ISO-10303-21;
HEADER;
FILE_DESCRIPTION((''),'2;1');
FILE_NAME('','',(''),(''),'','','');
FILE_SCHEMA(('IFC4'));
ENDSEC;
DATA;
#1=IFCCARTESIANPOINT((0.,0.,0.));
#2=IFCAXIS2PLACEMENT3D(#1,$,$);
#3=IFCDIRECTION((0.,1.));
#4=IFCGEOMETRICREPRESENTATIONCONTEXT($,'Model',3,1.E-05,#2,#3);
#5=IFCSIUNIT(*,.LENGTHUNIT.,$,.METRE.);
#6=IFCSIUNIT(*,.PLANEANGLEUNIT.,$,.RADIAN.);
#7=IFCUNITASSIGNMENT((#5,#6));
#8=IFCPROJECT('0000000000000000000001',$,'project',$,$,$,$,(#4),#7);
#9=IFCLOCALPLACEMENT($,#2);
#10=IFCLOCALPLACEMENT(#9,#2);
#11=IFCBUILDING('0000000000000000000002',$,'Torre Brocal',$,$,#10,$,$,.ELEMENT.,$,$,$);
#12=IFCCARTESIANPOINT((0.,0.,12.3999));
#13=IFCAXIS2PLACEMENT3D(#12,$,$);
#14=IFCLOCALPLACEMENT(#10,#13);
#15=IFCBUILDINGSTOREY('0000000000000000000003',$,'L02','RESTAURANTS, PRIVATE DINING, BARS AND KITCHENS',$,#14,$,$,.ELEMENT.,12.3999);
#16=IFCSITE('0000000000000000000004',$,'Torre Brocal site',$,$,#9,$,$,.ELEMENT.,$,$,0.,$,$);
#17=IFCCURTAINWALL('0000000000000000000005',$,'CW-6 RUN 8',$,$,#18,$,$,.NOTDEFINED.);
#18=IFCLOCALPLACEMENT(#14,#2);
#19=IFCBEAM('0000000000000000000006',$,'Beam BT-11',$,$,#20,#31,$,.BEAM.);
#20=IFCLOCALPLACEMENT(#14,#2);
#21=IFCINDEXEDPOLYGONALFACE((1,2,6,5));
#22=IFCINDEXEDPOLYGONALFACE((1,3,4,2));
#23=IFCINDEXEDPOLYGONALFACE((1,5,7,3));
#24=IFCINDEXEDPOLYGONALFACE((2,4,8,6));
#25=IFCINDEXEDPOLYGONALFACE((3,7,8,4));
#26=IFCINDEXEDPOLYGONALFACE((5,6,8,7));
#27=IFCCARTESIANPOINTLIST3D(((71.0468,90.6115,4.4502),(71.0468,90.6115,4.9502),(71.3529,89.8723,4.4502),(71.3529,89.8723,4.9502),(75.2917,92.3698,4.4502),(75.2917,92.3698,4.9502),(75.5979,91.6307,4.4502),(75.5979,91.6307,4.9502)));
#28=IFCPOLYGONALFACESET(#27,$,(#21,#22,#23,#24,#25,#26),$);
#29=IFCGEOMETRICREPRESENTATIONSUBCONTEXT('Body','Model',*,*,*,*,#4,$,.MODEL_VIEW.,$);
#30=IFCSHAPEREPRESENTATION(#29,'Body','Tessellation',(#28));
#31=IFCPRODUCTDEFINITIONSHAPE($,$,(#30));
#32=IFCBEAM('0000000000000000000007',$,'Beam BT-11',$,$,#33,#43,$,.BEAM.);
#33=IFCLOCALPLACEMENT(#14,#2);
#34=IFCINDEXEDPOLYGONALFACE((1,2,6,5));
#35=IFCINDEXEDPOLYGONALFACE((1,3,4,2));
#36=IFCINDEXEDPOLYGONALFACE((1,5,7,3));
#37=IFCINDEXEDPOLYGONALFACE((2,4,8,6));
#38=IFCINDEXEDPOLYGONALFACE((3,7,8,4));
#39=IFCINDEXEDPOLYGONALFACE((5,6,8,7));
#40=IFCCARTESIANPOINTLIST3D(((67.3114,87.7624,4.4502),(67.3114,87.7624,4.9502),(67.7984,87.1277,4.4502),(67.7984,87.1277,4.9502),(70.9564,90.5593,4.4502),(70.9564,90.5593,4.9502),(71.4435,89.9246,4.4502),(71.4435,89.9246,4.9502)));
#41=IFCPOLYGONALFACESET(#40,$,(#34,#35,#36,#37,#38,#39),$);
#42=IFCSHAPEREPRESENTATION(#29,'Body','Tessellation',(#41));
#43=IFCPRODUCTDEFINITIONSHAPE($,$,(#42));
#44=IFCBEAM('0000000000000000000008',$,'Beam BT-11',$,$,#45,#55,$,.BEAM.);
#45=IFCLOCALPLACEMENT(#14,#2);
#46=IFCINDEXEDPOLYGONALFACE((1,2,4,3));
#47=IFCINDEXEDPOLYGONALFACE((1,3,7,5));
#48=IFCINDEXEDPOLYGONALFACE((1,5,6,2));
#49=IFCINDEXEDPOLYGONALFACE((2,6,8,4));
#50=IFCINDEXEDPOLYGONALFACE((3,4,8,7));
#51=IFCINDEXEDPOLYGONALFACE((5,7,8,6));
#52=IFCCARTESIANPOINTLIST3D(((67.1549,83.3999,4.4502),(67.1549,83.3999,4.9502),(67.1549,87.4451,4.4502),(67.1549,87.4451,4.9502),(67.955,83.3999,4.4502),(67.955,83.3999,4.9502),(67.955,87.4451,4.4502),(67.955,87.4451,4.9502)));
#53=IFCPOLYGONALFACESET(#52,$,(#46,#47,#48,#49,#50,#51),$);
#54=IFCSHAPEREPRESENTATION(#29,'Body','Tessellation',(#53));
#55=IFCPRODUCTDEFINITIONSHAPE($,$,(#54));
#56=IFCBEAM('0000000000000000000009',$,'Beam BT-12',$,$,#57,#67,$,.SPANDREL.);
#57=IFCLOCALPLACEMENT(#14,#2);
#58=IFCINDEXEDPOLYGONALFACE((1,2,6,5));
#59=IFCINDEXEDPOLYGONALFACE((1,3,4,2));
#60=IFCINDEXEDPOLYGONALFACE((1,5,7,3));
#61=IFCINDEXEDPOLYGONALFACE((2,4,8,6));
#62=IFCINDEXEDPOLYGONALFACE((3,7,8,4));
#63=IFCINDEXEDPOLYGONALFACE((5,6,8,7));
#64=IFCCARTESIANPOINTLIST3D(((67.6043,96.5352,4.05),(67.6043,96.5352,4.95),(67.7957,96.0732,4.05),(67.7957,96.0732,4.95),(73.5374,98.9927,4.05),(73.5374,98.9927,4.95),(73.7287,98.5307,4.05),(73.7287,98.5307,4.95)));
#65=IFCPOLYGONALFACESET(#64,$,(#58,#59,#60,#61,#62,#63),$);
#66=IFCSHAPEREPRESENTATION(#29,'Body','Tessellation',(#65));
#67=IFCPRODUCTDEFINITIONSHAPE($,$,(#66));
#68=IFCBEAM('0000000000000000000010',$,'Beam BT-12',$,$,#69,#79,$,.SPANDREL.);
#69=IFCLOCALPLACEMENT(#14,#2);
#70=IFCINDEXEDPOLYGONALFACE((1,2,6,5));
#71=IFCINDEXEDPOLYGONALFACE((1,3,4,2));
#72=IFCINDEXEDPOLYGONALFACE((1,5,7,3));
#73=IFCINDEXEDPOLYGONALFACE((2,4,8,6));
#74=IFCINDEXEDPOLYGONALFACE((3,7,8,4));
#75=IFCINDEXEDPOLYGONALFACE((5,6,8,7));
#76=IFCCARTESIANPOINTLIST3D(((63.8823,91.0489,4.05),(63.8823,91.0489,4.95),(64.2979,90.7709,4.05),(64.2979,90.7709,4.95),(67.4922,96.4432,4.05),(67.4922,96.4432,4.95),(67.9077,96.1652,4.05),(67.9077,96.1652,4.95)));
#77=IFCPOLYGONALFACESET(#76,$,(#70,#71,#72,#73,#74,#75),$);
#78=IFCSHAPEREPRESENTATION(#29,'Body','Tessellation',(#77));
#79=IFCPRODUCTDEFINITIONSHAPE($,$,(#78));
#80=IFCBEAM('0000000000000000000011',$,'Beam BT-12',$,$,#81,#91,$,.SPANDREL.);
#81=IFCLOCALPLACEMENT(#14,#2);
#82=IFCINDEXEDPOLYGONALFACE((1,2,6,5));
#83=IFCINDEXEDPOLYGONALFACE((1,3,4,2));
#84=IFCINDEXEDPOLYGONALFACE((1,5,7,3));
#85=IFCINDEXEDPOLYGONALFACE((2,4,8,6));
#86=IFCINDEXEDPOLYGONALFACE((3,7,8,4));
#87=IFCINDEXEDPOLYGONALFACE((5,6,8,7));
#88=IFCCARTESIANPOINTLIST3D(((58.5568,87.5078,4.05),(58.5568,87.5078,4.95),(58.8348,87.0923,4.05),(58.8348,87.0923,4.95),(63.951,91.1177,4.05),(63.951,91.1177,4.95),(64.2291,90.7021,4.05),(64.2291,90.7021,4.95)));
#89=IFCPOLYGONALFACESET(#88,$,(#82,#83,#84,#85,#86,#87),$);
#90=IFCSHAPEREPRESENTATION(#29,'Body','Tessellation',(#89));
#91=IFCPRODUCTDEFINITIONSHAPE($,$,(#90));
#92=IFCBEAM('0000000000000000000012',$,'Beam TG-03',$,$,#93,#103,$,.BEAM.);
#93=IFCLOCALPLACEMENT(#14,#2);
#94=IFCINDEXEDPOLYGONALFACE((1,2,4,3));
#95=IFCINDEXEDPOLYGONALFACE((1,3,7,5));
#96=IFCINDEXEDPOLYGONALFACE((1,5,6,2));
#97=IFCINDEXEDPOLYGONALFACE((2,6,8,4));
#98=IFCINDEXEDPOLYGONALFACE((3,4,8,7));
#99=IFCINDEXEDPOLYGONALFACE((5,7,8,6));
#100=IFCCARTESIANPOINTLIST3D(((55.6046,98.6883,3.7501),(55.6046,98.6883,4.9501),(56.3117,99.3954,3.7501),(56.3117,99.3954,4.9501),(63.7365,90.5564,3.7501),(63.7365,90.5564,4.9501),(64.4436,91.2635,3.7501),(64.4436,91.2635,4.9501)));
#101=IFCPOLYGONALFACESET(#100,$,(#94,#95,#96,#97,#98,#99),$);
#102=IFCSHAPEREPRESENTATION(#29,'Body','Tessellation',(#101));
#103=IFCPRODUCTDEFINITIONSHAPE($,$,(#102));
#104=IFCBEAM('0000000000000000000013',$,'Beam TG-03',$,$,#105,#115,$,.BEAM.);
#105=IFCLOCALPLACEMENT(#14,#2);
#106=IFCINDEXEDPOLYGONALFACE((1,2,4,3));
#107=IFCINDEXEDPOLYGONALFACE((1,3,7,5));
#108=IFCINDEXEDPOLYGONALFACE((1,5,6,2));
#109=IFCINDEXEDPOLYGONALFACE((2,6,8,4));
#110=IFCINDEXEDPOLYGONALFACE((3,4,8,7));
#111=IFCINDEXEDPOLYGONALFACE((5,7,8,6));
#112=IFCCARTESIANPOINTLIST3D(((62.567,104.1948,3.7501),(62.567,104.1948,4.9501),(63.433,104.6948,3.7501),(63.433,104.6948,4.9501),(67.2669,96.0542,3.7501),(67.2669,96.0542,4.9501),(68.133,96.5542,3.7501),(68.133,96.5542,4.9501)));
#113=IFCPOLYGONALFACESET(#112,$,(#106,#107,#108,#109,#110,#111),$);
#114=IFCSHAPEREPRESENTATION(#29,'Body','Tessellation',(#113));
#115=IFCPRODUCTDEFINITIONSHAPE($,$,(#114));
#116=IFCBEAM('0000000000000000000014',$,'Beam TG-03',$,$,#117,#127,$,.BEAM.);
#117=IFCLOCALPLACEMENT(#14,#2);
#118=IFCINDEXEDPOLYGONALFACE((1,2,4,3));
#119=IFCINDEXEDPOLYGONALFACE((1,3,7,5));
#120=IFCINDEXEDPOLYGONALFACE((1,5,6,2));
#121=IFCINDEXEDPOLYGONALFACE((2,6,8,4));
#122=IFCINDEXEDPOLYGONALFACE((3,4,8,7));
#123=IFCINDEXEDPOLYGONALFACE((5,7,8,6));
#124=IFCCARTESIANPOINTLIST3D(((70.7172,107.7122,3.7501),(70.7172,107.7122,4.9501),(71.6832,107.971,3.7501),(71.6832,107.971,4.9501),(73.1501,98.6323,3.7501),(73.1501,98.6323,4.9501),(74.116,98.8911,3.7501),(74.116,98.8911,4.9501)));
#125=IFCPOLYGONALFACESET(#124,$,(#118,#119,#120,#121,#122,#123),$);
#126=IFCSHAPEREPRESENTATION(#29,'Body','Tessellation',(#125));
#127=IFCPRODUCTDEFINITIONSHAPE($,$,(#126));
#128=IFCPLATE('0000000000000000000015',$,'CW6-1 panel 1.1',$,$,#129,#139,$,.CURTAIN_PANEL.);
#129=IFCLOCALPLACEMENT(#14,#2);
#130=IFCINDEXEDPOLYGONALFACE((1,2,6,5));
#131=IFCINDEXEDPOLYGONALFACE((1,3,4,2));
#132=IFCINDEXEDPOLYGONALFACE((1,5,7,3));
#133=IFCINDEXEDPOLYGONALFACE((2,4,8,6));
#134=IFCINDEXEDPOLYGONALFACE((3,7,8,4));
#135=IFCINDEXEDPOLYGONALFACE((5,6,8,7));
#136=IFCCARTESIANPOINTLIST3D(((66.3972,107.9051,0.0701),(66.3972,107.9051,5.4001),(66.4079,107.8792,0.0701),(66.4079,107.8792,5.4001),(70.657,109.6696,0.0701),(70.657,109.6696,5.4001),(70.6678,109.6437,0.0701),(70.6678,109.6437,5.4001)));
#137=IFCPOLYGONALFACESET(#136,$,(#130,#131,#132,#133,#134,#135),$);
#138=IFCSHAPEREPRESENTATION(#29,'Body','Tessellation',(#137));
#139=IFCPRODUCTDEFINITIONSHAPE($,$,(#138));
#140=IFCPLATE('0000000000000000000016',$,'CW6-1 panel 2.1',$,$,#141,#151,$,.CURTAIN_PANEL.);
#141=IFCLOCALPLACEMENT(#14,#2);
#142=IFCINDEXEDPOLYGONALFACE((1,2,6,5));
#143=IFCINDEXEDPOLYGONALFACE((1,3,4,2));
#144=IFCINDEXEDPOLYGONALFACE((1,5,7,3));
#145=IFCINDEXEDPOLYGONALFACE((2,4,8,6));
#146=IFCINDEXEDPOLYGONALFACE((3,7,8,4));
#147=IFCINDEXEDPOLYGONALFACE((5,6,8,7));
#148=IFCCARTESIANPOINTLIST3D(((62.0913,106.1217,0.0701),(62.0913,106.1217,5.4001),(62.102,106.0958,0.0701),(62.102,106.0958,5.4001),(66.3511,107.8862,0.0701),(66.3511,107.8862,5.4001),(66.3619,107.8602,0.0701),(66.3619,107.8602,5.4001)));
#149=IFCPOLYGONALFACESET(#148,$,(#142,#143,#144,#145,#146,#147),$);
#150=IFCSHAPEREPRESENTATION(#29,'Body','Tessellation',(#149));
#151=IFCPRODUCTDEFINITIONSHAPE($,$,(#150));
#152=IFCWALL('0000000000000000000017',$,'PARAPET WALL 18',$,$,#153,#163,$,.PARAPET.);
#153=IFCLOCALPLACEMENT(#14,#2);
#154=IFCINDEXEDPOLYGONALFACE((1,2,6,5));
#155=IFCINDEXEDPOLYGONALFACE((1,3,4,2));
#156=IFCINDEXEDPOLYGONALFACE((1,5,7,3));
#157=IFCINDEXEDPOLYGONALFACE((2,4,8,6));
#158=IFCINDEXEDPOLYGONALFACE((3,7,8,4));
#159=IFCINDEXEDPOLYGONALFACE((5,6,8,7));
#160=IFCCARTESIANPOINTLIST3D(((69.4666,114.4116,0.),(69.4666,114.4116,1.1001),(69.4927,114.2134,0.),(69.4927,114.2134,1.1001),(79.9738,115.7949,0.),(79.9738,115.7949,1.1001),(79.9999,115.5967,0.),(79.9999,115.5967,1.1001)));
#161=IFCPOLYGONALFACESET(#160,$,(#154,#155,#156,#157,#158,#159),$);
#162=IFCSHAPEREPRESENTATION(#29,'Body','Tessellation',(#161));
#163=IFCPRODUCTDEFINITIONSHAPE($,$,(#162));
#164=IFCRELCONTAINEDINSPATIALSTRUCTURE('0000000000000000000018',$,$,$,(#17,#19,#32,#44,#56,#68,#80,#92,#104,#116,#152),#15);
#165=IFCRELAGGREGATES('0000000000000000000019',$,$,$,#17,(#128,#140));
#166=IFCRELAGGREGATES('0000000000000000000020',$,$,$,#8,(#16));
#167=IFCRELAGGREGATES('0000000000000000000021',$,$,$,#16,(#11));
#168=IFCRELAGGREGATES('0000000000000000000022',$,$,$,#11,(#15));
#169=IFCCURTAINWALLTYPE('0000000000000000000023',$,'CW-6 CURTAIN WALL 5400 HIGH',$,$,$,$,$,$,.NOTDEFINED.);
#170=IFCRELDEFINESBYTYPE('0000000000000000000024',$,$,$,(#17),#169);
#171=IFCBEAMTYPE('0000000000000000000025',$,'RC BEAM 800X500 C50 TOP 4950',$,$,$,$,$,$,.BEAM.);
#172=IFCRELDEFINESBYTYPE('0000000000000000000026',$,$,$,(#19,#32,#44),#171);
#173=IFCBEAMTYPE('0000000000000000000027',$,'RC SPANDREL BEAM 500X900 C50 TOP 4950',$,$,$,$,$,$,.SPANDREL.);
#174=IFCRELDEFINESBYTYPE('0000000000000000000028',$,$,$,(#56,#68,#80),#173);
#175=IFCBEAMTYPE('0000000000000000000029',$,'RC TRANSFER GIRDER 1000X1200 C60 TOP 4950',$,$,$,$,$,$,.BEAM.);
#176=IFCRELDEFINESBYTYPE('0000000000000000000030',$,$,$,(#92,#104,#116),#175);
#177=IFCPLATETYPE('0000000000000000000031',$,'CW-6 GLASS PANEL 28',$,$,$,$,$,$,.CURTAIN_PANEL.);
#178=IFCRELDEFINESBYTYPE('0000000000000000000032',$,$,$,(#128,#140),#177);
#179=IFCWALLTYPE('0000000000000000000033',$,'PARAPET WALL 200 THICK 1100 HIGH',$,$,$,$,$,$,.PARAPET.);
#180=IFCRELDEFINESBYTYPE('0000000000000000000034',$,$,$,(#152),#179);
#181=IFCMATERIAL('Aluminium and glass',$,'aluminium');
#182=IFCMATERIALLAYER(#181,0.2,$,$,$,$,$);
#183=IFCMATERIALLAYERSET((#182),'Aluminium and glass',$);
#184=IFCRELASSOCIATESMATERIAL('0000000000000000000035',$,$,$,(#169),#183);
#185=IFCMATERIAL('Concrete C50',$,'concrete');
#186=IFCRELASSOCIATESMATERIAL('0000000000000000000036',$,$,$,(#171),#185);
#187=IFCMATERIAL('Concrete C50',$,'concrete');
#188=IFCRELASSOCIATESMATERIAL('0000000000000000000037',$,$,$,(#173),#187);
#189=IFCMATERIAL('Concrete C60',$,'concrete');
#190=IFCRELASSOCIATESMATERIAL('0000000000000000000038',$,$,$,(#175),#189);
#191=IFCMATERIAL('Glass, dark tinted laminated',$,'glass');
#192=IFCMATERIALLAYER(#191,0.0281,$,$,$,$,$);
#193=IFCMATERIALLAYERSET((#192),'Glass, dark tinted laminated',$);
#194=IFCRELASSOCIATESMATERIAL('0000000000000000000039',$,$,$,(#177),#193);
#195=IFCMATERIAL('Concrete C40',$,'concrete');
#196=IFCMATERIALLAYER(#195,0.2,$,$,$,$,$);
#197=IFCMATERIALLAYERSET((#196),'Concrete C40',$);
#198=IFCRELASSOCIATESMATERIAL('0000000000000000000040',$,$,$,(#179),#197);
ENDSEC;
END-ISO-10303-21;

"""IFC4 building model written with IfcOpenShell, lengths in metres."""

from ifc_helpers import new_model, si_unit, direction, frame, frame_2d, origin, origin_2d, place, context, subcontext, project, spatial, rectangle, extrude, material, layer, layer_set, material_profile, profile_set, type_object, element, aggregate, save


model = new_model("IFC4")

# Units and contexts
model_context = context("Model", 3, precision=1e-05, world=origin(), true_north=direction((0.0, 1.0)))
body_context = subcontext(model_context, "Body", "Model", "MODEL_VIEW")
ifc_project = project(units=[si_unit("LENGTHUNIT", "METRE"), si_unit("PLANEANGLEUNIT", "RADIAN")], contexts=[model_context])

# Site, building, storey
site_placement = place(None, origin())
site = spatial("IfcSite", under=ifc_project, at=site_placement, Name="Torre Brocal site", CompositionType="ELEMENT", RefElevation=0.0)
building_placement = place(site_placement, origin())
building = spatial("IfcBuilding", under=site, at=building_placement, Name="Torre Brocal", CompositionType="ELEMENT")
storey_placement = place(building_placement, frame((0.0, 0.0, 12.3999)))
storey = spatial("IfcBuildingStorey", under=building, at=storey_placement, Name="L02", Description="RESTAURANTS, PRIVATE DINING, BARS AND KITCHENS", CompositionType="ELEMENT", Elevation=12.3999)

# Curtain wall
ifc_material_1 = material(Name="Aluminium and glass", Category="aluminium")
ifc_layer_1 = layer(ifc_material_1, 0.2)
ifc_layer_set_1 = layer_set([ifc_layer_1], Name="Aluminium and glass")
curtain_wall_type = type_object("IfcCurtainWallType", Name="CW-6 CURTAIN WALL 5400 HIGH", PredefinedType="NOTDEFINED", material=ifc_layer_set_1)
curtain_wall_placement = place(storey_placement, origin())
curtain_wall = element("IfcCurtainWall", 1, at=curtain_wall_placement, inside=storey, type_object=curtain_wall_type, Name="CW-6 RUN 8", PredefinedType="NOTDEFINED")

# Beams
ifc_material_2 = material(Name="Concrete C50", Category="concrete")
ifc_material_profile_1 = material_profile(ifc_material_2, rectangle(XDim=0.8, YDim=0.5, at=origin_2d()), Name="RC 800X500")
ifc_profile_set_1 = profile_set([ifc_material_profile_1], Name="Concrete C50")
beam_type_1 = type_object("IfcBeamType", Name="RC BEAM 800X500 C50 TOP 4950", PredefinedType="BEAM", material=ifc_profile_set_1)
beam_1_placement = place(storey_placement, frame((75.4448, 92.0002, 4.7002), z_axis=(-0.923878, -0.382687, 0.0), x_axis=(0.382687, -0.923878, 0.0)))
element("IfcBeam", 2, at=beam_1_placement, inside=storey, type_object=beam_type_1, Name="Beam BT-11", PredefinedType="BEAM", context=body_context, shape_type="SweptSolid", body=[
    extrude(rectangle(XDim=0.8, YDim=0.5, at=origin_2d()), origin(), (0.0, 0.0, 1.0), 4.5947),
])
beam_2_placement = place(storey_placement, frame((71.2, 90.2419, 4.7002), z_axis=(-0.793358, -0.608755, 0.0), x_axis=(0.608755, -0.793358, 0.0)))
element("IfcBeam", 3, at=beam_2_placement, inside=storey, type_object=beam_type_1, Name="Beam BT-11", PredefinedType="BEAM", context=body_context, shape_type="SweptSolid", body=[
    extrude(rectangle(XDim=0.8, YDim=0.5, at=origin_2d()), origin(), (0.0, 0.0, 1.0), 4.5945),
])
beam_3_placement = place(storey_placement, frame((67.5549, 87.4451, 4.7002), z_axis=(0.0, -1.0, 0.0), x_axis=(1.0, 0.0, 0.0)))
element("IfcBeam", 4, at=beam_3_placement, inside=storey, type_object=beam_type_1, Name="Beam BT-11", PredefinedType="BEAM", context=body_context, shape_type="SweptSolid", body=[
    extrude(rectangle(XDim=0.8, YDim=0.5, at=origin_2d()), origin(), (0.0, 0.0, 1.0), 4.0452),
])
ifc_material_3 = material(Name="Concrete C50", Category="concrete")
ifc_material_profile_2 = material_profile(ifc_material_3, rectangle(XDim=0.5, YDim=0.8999, at=origin_2d()), Name="RC 500X900")
ifc_profile_set_2 = profile_set([ifc_material_profile_2], Name="Concrete C50")
beam_type_2 = type_object("IfcBeamType", Name="RC SPANDREL BEAM 500X900 C50 TOP 4950", PredefinedType="SPANDREL", material=ifc_profile_set_2)
beam_4_placement = place(storey_placement, frame((73.6331, 98.7617, 4.5), z_axis=(-0.923882, -0.382676, 0.0), x_axis=(0.382676, -0.923882, 0.0)))
element("IfcBeam", 5, at=beam_4_placement, inside=storey, type_object=beam_type_2, Name="Beam BT-12", PredefinedType="SPANDREL", context=body_context, shape_type="SweptSolid", body=[
    extrude(rectangle(XDim=0.5, YDim=0.8999, at=origin_2d()), origin(), (0.0, 0.0, 1.0), 6.4219),
])
for number, where, z_axis, x_axis, name in (
    (6, (67.7, 96.3042, 4.5), (-0.556158, -0.831077, 0.0), (0.831077, -0.556158, 0.0), "Beam BT-12"),
    (7, (64.0901, 90.9099, 4.5), (-0.831077, -0.556158, 0.0), (0.556158, -0.831077, 0.0), "Beam BT-12"),
):
    element("IfcBeam", number, at=place(storey_placement, frame(where, z_axis=z_axis, x_axis=x_axis)), inside=storey, type_object=beam_type_2, Name=name, PredefinedType="SPANDREL", context=body_context, shape_type="SweptSolid", body=[
        extrude(rectangle(XDim=0.5, YDim=0.8999, at=origin_2d()), origin(), (0.0, 0.0, 1.0), 6.4907),
    ])
ifc_material_4 = material(Name="Concrete C60", Category="concrete")
ifc_material_profile_3 = material_profile(ifc_material_4, rectangle(XDim=1.0, YDim=1.2, at=origin_2d()), Name="RC 1000X1200")
ifc_profile_set_3 = profile_set([ifc_material_profile_3], Name="Concrete C60")
beam_type_3 = type_object("IfcBeamType", Name="RC TRANSFER GIRDER 1000X1200 C60 TOP 4950", PredefinedType="BEAM", material=ifc_profile_set_3)
beam_5_placement = place(storey_placement, frame((64.0901, 90.9099, 4.3501), z_axis=(-0.707107, 0.707107, 0.0), x_axis=(-0.707107, -0.707107, 0.0)))
element("IfcBeam", 8, at=beam_5_placement, inside=storey, type_object=beam_type_3, Name="Beam TG-03", PredefinedType="BEAM", context=body_context, shape_type="SweptSolid", body=[
    extrude(rectangle(XDim=1.0, YDim=1.2, at=origin_2d()), origin(), (0.0, 0.0, 1.0), 11.5002),
])
beam_6_placement = place(storey_placement, frame((67.7, 96.3042, 4.3501), z_axis=(-0.499997, 0.866027, 0.0), x_axis=(-0.866027, -0.499997, 0.0)))
element("IfcBeam", 9, at=beam_6_placement, inside=storey, type_object=beam_type_3, Name="Beam TG-03", PredefinedType="BEAM", context=body_context, shape_type="SweptSolid", body=[
    extrude(rectangle(XDim=1.0, YDim=1.2, at=origin_2d()), origin(), (0.0, 0.0, 1.0), 9.3999),
])
beam_7_placement = place(storey_placement, frame((73.6331, 98.7617, 4.3501), z_axis=(-0.258812, 0.965928, 0.0), x_axis=(-0.965928, -0.258812, 0.0)))
element("IfcBeam", 10, at=beam_7_placement, inside=storey, type_object=beam_type_3, Name="Beam TG-03", PredefinedType="BEAM", context=body_context, shape_type="SweptSolid", body=[
    extrude(rectangle(XDim=1.0, YDim=1.2, at=origin_2d()), origin(), (0.0, 0.0, 1.0), 9.4001),
])

# Plates
ifc_material_5 = material(Name="Glass, dark tinted laminated", Category="glass")
ifc_layer_2 = layer(ifc_material_5, 0.0281)
ifc_layer_set_2 = layer_set([ifc_layer_2], Name="Glass, dark tinted laminated")
plate_type = type_object("IfcPlateType", Name="CW-6 GLASS PANEL 28", PredefinedType="CURTAIN_PANEL", material=ifc_layer_set_2)
plate_1_placement = place(storey_placement, frame((68.5325, 108.7744, 0.0701), z_axis=(0.0, 0.0, 1.0), x_axis=(-0.92388, -0.382683, 0.0)))
plate_1 = element("IfcPlate", 11, at=plate_1_placement, type_object=plate_type, Name="CW6-1 panel 1.1", PredefinedType="CURTAIN_PANEL", context=body_context, shape_type="SweptSolid", body=[
    extrude(rectangle(XDim=4.6108, YDim=0.0281, at=origin_2d()), origin(), (0.0, 0.0, 1.0), 5.3301),
])
plate_2_placement = place(storey_placement, frame((64.2266, 106.991, 0.0701), z_axis=(0.0, 0.0, 1.0), x_axis=(-0.92388, -0.382683, 0.0)))
plate_2 = element("IfcPlate", 12, at=plate_2_placement, type_object=plate_type, Name="CW6-1 panel 2.1", PredefinedType="CURTAIN_PANEL", context=body_context, shape_type="SweptSolid", body=[
    extrude(rectangle(XDim=4.6108, YDim=0.0281, at=origin_2d()), origin(), (0.0, 0.0, 1.0), 5.3301),
])
aggregate(curtain_wall, [plate_1, plate_2])

# Wall
ifc_material_6 = material(Name="Concrete C40", Category="concrete")
ifc_layer_3 = layer(ifc_material_6, 0.2)
ifc_layer_set_3 = layer_set([ifc_layer_3], Name="Concrete C40")
wall_type_1 = type_object("IfcWallType", Name="PARAPET WALL 200 THICK 1100 HIGH", PredefinedType="PARAPET", material=ifc_layer_set_3)
wall_1_placement = place(storey_placement, frame((69.4797, 114.3125, 0.0), z_axis=(0.0, 0.0, 1.0), x_axis=(0.991445, 0.130525, 0.0)))
element("IfcWall", 13, at=wall_1_placement, inside=storey, type_object=wall_type_1, Name="PARAPET WALL 18", PredefinedType="PARAPET", context=body_context, shape_type="SweptSolid", body=[
    extrude(rectangle(XDim=10.5979, YDim=0.2, at=frame_2d((5.2988, 0.0))), origin(), (0.0, 0.0, 1.0), 1.1001),
])

save(model, "model.ifc")
